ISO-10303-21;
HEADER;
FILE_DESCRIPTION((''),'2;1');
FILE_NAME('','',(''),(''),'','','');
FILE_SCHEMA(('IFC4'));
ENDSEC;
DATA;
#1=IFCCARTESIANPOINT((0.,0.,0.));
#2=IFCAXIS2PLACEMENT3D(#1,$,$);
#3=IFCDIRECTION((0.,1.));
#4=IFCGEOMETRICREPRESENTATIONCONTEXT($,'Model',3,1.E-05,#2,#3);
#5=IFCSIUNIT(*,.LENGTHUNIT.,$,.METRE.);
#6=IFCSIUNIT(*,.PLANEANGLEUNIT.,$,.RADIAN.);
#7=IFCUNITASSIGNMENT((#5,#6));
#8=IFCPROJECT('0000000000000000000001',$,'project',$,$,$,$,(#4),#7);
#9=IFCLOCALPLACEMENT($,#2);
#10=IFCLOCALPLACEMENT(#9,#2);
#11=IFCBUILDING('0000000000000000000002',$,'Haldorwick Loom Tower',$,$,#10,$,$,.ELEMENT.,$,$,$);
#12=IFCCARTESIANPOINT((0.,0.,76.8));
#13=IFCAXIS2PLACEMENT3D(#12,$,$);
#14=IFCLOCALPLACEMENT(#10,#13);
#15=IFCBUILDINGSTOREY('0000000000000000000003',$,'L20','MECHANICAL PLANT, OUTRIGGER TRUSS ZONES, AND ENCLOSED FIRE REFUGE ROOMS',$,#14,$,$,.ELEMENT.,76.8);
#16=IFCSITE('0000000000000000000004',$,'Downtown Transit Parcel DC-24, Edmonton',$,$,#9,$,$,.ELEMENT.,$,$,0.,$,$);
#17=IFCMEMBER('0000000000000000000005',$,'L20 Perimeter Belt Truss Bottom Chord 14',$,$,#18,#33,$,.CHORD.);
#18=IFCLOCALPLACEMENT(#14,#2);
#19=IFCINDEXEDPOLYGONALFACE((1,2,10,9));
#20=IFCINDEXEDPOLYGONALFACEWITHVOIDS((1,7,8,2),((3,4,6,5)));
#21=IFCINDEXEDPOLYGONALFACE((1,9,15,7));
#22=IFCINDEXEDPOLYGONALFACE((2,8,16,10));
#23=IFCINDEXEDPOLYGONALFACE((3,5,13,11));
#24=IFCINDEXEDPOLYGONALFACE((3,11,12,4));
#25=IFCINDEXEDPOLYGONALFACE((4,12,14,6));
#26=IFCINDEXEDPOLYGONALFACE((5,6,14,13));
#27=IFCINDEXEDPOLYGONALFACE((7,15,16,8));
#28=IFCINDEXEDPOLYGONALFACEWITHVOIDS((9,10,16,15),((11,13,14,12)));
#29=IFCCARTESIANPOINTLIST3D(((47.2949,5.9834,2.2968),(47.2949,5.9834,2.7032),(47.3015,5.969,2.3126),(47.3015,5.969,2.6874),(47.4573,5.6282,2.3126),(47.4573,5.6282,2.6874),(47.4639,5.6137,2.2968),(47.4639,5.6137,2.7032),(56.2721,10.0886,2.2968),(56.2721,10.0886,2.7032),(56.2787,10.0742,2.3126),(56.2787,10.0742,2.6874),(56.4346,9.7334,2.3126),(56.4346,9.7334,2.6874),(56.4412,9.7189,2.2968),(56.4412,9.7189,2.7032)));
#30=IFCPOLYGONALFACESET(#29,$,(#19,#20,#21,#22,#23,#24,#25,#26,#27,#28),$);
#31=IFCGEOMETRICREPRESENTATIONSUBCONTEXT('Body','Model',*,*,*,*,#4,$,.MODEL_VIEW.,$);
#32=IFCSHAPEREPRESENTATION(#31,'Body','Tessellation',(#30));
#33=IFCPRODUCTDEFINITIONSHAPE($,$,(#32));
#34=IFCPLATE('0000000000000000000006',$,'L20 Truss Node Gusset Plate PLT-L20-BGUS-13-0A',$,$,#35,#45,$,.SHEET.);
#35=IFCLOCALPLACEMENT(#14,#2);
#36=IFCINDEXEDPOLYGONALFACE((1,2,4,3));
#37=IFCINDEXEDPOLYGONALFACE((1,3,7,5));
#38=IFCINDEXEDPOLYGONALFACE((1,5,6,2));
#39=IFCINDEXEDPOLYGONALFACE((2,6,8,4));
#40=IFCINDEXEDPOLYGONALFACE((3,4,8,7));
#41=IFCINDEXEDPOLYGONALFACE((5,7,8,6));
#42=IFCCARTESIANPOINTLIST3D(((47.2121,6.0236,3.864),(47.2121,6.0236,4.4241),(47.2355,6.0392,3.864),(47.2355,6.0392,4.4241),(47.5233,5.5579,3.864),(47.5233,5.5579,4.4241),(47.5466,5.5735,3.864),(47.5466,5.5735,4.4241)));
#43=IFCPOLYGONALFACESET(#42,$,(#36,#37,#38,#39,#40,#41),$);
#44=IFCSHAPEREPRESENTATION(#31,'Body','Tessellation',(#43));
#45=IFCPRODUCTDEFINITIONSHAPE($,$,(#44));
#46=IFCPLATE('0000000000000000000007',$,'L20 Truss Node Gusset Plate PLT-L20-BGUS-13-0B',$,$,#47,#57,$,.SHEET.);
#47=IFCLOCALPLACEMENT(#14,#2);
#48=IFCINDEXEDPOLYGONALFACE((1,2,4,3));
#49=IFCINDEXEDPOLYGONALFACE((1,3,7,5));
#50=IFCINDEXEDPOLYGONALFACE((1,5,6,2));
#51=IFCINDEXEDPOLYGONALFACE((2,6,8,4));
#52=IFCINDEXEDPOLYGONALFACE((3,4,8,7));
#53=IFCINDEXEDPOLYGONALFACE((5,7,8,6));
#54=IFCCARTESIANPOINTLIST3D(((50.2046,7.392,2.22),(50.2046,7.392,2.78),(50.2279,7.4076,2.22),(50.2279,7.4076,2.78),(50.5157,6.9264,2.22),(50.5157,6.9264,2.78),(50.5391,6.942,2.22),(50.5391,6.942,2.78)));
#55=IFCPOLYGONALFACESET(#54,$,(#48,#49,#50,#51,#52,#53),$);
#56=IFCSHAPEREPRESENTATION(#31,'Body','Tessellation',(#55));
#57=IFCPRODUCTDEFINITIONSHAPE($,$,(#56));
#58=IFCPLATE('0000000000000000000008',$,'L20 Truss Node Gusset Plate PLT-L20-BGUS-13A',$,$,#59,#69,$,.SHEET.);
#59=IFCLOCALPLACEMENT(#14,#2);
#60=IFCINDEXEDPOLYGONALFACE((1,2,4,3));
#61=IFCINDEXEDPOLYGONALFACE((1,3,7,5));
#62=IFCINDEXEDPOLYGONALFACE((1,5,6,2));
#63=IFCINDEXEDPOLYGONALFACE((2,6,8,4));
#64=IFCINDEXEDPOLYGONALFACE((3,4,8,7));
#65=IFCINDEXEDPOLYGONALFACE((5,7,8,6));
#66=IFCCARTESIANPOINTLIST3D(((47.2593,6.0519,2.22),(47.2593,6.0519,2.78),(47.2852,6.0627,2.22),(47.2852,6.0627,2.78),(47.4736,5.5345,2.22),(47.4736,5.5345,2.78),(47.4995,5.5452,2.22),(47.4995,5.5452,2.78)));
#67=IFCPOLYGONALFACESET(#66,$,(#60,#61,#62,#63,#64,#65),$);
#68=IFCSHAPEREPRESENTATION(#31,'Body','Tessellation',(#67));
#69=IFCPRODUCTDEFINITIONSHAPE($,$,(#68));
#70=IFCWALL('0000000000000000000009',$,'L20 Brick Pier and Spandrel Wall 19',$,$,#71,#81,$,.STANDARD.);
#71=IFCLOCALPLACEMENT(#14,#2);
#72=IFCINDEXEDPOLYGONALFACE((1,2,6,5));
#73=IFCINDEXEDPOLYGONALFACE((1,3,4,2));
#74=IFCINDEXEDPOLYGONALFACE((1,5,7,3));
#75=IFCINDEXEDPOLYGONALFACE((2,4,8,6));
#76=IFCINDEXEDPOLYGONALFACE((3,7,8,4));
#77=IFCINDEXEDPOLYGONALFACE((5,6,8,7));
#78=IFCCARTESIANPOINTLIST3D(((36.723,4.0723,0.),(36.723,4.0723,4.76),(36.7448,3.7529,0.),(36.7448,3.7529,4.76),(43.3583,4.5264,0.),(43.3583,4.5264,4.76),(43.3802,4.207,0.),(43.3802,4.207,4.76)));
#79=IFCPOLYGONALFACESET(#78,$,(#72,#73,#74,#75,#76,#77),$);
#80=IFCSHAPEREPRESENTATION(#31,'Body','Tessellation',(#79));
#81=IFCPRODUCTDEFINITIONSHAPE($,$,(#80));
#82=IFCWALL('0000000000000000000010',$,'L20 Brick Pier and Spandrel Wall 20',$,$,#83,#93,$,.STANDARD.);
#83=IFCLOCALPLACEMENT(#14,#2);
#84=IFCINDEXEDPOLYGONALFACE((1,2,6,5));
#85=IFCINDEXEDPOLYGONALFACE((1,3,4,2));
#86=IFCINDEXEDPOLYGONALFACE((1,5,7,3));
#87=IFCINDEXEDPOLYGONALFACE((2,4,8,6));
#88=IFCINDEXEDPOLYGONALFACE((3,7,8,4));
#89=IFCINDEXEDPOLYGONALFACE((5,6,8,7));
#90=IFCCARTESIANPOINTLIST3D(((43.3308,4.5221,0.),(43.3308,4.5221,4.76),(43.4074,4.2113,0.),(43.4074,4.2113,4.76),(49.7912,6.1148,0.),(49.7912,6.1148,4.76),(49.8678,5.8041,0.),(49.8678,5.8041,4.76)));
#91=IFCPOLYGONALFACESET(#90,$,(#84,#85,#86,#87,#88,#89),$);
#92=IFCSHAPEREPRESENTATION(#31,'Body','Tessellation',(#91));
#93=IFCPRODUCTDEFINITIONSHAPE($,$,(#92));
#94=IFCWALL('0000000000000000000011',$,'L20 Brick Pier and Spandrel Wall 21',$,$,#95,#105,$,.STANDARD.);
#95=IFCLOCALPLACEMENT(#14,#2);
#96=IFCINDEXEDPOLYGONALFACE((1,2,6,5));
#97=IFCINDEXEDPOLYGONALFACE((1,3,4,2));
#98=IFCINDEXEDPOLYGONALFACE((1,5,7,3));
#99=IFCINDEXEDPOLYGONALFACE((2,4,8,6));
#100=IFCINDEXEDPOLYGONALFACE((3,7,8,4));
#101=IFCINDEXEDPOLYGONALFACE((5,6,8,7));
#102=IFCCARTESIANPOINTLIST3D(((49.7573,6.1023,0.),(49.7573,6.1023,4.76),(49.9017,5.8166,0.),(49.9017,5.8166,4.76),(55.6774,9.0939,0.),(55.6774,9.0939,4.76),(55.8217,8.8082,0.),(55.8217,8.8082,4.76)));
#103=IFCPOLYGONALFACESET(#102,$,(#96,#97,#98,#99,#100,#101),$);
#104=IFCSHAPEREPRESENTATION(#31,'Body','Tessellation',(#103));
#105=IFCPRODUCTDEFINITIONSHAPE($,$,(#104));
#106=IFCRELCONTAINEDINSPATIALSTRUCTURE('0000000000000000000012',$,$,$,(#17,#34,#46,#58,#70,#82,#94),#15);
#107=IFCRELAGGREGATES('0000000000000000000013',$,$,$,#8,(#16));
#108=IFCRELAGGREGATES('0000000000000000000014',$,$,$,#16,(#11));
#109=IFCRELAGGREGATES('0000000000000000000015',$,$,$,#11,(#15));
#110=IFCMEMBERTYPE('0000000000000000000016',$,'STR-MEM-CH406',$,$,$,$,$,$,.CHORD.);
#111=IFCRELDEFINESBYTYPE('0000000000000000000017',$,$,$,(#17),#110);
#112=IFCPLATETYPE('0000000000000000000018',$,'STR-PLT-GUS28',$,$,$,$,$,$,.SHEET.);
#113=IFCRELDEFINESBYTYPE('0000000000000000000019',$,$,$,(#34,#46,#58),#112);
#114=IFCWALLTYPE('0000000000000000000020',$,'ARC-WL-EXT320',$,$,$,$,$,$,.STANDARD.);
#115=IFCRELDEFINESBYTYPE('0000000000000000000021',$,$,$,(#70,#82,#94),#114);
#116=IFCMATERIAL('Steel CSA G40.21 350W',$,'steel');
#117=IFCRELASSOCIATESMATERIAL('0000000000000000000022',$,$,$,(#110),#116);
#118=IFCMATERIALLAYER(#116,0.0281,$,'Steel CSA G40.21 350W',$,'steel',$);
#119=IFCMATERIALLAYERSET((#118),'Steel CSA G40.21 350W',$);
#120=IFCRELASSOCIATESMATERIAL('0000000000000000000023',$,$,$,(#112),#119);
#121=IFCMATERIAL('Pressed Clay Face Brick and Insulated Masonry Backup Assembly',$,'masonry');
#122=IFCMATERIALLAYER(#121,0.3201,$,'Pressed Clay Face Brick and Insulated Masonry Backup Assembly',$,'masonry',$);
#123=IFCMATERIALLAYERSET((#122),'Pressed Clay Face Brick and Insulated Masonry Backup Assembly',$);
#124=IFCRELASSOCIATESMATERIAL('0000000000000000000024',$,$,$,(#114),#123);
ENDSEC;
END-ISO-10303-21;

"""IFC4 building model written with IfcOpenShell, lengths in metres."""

from ifc_helpers import new_model, si_unit, direction, frame, frame_2d, origin, origin_2d, place, context, subcontext, project, spatial, rectangle, hollow_rectangle, extrude, material, layer, layer_set, material_profile, profile_set, type_object, element, save


model = new_model("IFC4")

# Units and contexts
model_context = context("Model", 3, precision=1e-05, world=origin(), true_north=direction((0.0, 1.0)))
body_context = subcontext(model_context, "Body", "Model", "MODEL_VIEW")
ifc_project = project(units=[si_unit("LENGTHUNIT", "METRE"), si_unit("PLANEANGLEUNIT", "RADIAN")], contexts=[model_context])

# Site, building, storey
site_placement = place(None, origin())
site = spatial("IfcSite", under=ifc_project, at=site_placement, Name="Downtown Transit Parcel DC-24, Edmonton", CompositionType="ELEMENT", RefElevation=0.0)
building_placement = place(site_placement, origin())
building = spatial("IfcBuilding", under=site, at=building_placement, Name="Haldorwick Loom Tower", CompositionType="ELEMENT")
storey_placement = place(building_placement, frame((0.0, 0.0, 76.8)))
storey = spatial("IfcBuildingStorey", under=building, at=storey_placement, Name="L20", Description="MECHANICAL PLANT, OUTRIGGER TRUSS ZONES, AND ENCLOSED FIRE REFUGE ROOMS", CompositionType="ELEMENT", Elevation=76.8)

# Shared definitions
ifc_material_1 = material(Name="Steel CSA G40.21 350W", Category="steel")

# Member
ifc_material_profile_1 = material_profile(ifc_material_1, hollow_rectangle(XDim=0.4065, YDim=0.4065, WallThickness=0.0159, at=origin_2d()), Name="HSS406X406X16", Category="steel")
ifc_profile_set_1 = profile_set([ifc_material_profile_1], Name="Steel CSA G40.21 350W")
member_type_1 = type_object("IfcMemberType", Name="STR-MEM-CH406", PredefinedType="CHORD", material=ifc_profile_set_1)
member_placement = place(storey_placement, frame((47.3794, 5.7986, 2.5), z_axis=(0.909424, 0.41587, 0.0), x_axis=(-0.41587, 0.909424, 0.0)))
element("IfcMember", 1, at=member_placement, inside=storey, type_object=member_type_1, Name="L20 Perimeter Belt Truss Bottom Chord 14", PredefinedType="CHORD", context=body_context, shape_type="SweptSolid", body=[
    extrude(hollow_rectangle(XDim=0.4065, YDim=0.4065, WallThickness=0.0159, at=origin_2d()), origin(), (0.0, 0.0, 1.0), 9.8713),
])

# Plates
ifc_layer_1 = layer(ifc_material_1, 0.0281, Name="Steel CSA G40.21 350W", Category="steel")
ifc_layer_set_1 = layer_set([ifc_layer_1], Name="Steel CSA G40.21 350W")
plate_type = type_object("IfcPlateType", Name="STR-PLT-GUS28", PredefinedType="SHEET", material=ifc_layer_set_1)
for number, where, z_axis, x_axis, name in (
    (2, (47.3794, 5.7986, 3.864), (0.0, 0.0, 1.0), (0.55557, -0.83147, 0.0), "L20 Truss Node Gusset Plate PLT-L20-BGUS-13-0A"),
    (3, (50.3718, 7.167, 2.22), (0.0, 0.0, 1.0), (0.55557, -0.83147, 0.0), "L20 Truss Node Gusset Plate PLT-L20-BGUS-13-0B"),
    (4, (47.3794, 5.7986, 2.22), (0.0, 0.0, 1.0), (0.382683, -0.92388, 0.0), "L20 Truss Node Gusset Plate PLT-L20-BGUS-13A"),
):
    element("IfcPlate", number, at=place(storey_placement, frame(where, z_axis=z_axis, x_axis=x_axis)), inside=storey, type_object=plate_type, Name=name, PredefinedType="SHEET", context=body_context, shape_type="SweptSolid", body=[
        extrude(rectangle(XDim=0.5601, YDim=0.0281, at=origin_2d()), origin(), (0.0, 0.0, 1.0), 0.5601),
    ])

# Walls
ifc_material_2 = material(Name="Pressed Clay Face Brick and Insulated Masonry Backup Assembly", Category="masonry")
ifc_layer_2 = layer(ifc_material_2, 0.3201, Name="Pressed Clay Face Brick and Insulated Masonry Backup Assembly", Category="masonry")
ifc_layer_set_2 = layer_set([ifc_layer_2], Name="Pressed Clay Face Brick and Insulated Masonry Backup Assembly")
wall_type = type_object("IfcWallType", Name="ARC-WL-EXT320", PredefinedType="STANDARD", material=ifc_layer_set_2)
wall_1_placement = place(storey_placement, frame((36.7339, 3.9126, 0.0), z_axis=(0.0, 0.0, 1.0), x_axis=(0.997666, 0.068278, 0.0)))
element("IfcWall", 5, at=wall_1_placement, inside=storey, type_object=wall_type, Name="L20 Brick Pier and Spandrel Wall 19", PredefinedType="STANDARD", context=body_context, shape_type="SweptSolid", body=[
    extrude(rectangle(XDim=6.6509, YDim=0.3201, at=frame_2d((3.3254, 0.0))), origin(), (0.0, 0.0, 1.0), 4.76),
])
wall_2_placement = place(storey_placement, frame((43.3691, 4.3667, 0.0), z_axis=(0.0, 0.0, 1.0), x_axis=(0.970927, 0.239375, 0.0)))
element("IfcWall", 6, at=wall_2_placement, inside=storey, type_object=wall_type, Name="L20 Brick Pier and Spandrel Wall 20", PredefinedType="STANDARD", context=body_context, shape_type="SweptSolid", body=[
    extrude(rectangle(XDim=6.6538, YDim=0.3201, at=frame_2d((3.3269, 0.0))), origin(), (0.0, 0.0, 1.0), 4.76),
])
wall_3_placement = place(storey_placement, frame((49.8296, 5.9595, 0.0), z_axis=(0.0, 0.0, 1.0), x_axis=(0.892513, 0.451023, 0.0)))
element("IfcWall", 7, at=wall_3_placement, inside=storey, type_object=wall_type, Name="L20 Brick Pier and Spandrel Wall 21", PredefinedType="STANDARD", context=body_context, shape_type="SweptSolid", body=[
    extrude(rectangle(XDim=6.6331, YDim=0.3201, at=frame_2d((3.3164, 0.0))), origin(), (0.0, 0.0, 1.0), 4.76),
])

save(model, "model.ifc")
